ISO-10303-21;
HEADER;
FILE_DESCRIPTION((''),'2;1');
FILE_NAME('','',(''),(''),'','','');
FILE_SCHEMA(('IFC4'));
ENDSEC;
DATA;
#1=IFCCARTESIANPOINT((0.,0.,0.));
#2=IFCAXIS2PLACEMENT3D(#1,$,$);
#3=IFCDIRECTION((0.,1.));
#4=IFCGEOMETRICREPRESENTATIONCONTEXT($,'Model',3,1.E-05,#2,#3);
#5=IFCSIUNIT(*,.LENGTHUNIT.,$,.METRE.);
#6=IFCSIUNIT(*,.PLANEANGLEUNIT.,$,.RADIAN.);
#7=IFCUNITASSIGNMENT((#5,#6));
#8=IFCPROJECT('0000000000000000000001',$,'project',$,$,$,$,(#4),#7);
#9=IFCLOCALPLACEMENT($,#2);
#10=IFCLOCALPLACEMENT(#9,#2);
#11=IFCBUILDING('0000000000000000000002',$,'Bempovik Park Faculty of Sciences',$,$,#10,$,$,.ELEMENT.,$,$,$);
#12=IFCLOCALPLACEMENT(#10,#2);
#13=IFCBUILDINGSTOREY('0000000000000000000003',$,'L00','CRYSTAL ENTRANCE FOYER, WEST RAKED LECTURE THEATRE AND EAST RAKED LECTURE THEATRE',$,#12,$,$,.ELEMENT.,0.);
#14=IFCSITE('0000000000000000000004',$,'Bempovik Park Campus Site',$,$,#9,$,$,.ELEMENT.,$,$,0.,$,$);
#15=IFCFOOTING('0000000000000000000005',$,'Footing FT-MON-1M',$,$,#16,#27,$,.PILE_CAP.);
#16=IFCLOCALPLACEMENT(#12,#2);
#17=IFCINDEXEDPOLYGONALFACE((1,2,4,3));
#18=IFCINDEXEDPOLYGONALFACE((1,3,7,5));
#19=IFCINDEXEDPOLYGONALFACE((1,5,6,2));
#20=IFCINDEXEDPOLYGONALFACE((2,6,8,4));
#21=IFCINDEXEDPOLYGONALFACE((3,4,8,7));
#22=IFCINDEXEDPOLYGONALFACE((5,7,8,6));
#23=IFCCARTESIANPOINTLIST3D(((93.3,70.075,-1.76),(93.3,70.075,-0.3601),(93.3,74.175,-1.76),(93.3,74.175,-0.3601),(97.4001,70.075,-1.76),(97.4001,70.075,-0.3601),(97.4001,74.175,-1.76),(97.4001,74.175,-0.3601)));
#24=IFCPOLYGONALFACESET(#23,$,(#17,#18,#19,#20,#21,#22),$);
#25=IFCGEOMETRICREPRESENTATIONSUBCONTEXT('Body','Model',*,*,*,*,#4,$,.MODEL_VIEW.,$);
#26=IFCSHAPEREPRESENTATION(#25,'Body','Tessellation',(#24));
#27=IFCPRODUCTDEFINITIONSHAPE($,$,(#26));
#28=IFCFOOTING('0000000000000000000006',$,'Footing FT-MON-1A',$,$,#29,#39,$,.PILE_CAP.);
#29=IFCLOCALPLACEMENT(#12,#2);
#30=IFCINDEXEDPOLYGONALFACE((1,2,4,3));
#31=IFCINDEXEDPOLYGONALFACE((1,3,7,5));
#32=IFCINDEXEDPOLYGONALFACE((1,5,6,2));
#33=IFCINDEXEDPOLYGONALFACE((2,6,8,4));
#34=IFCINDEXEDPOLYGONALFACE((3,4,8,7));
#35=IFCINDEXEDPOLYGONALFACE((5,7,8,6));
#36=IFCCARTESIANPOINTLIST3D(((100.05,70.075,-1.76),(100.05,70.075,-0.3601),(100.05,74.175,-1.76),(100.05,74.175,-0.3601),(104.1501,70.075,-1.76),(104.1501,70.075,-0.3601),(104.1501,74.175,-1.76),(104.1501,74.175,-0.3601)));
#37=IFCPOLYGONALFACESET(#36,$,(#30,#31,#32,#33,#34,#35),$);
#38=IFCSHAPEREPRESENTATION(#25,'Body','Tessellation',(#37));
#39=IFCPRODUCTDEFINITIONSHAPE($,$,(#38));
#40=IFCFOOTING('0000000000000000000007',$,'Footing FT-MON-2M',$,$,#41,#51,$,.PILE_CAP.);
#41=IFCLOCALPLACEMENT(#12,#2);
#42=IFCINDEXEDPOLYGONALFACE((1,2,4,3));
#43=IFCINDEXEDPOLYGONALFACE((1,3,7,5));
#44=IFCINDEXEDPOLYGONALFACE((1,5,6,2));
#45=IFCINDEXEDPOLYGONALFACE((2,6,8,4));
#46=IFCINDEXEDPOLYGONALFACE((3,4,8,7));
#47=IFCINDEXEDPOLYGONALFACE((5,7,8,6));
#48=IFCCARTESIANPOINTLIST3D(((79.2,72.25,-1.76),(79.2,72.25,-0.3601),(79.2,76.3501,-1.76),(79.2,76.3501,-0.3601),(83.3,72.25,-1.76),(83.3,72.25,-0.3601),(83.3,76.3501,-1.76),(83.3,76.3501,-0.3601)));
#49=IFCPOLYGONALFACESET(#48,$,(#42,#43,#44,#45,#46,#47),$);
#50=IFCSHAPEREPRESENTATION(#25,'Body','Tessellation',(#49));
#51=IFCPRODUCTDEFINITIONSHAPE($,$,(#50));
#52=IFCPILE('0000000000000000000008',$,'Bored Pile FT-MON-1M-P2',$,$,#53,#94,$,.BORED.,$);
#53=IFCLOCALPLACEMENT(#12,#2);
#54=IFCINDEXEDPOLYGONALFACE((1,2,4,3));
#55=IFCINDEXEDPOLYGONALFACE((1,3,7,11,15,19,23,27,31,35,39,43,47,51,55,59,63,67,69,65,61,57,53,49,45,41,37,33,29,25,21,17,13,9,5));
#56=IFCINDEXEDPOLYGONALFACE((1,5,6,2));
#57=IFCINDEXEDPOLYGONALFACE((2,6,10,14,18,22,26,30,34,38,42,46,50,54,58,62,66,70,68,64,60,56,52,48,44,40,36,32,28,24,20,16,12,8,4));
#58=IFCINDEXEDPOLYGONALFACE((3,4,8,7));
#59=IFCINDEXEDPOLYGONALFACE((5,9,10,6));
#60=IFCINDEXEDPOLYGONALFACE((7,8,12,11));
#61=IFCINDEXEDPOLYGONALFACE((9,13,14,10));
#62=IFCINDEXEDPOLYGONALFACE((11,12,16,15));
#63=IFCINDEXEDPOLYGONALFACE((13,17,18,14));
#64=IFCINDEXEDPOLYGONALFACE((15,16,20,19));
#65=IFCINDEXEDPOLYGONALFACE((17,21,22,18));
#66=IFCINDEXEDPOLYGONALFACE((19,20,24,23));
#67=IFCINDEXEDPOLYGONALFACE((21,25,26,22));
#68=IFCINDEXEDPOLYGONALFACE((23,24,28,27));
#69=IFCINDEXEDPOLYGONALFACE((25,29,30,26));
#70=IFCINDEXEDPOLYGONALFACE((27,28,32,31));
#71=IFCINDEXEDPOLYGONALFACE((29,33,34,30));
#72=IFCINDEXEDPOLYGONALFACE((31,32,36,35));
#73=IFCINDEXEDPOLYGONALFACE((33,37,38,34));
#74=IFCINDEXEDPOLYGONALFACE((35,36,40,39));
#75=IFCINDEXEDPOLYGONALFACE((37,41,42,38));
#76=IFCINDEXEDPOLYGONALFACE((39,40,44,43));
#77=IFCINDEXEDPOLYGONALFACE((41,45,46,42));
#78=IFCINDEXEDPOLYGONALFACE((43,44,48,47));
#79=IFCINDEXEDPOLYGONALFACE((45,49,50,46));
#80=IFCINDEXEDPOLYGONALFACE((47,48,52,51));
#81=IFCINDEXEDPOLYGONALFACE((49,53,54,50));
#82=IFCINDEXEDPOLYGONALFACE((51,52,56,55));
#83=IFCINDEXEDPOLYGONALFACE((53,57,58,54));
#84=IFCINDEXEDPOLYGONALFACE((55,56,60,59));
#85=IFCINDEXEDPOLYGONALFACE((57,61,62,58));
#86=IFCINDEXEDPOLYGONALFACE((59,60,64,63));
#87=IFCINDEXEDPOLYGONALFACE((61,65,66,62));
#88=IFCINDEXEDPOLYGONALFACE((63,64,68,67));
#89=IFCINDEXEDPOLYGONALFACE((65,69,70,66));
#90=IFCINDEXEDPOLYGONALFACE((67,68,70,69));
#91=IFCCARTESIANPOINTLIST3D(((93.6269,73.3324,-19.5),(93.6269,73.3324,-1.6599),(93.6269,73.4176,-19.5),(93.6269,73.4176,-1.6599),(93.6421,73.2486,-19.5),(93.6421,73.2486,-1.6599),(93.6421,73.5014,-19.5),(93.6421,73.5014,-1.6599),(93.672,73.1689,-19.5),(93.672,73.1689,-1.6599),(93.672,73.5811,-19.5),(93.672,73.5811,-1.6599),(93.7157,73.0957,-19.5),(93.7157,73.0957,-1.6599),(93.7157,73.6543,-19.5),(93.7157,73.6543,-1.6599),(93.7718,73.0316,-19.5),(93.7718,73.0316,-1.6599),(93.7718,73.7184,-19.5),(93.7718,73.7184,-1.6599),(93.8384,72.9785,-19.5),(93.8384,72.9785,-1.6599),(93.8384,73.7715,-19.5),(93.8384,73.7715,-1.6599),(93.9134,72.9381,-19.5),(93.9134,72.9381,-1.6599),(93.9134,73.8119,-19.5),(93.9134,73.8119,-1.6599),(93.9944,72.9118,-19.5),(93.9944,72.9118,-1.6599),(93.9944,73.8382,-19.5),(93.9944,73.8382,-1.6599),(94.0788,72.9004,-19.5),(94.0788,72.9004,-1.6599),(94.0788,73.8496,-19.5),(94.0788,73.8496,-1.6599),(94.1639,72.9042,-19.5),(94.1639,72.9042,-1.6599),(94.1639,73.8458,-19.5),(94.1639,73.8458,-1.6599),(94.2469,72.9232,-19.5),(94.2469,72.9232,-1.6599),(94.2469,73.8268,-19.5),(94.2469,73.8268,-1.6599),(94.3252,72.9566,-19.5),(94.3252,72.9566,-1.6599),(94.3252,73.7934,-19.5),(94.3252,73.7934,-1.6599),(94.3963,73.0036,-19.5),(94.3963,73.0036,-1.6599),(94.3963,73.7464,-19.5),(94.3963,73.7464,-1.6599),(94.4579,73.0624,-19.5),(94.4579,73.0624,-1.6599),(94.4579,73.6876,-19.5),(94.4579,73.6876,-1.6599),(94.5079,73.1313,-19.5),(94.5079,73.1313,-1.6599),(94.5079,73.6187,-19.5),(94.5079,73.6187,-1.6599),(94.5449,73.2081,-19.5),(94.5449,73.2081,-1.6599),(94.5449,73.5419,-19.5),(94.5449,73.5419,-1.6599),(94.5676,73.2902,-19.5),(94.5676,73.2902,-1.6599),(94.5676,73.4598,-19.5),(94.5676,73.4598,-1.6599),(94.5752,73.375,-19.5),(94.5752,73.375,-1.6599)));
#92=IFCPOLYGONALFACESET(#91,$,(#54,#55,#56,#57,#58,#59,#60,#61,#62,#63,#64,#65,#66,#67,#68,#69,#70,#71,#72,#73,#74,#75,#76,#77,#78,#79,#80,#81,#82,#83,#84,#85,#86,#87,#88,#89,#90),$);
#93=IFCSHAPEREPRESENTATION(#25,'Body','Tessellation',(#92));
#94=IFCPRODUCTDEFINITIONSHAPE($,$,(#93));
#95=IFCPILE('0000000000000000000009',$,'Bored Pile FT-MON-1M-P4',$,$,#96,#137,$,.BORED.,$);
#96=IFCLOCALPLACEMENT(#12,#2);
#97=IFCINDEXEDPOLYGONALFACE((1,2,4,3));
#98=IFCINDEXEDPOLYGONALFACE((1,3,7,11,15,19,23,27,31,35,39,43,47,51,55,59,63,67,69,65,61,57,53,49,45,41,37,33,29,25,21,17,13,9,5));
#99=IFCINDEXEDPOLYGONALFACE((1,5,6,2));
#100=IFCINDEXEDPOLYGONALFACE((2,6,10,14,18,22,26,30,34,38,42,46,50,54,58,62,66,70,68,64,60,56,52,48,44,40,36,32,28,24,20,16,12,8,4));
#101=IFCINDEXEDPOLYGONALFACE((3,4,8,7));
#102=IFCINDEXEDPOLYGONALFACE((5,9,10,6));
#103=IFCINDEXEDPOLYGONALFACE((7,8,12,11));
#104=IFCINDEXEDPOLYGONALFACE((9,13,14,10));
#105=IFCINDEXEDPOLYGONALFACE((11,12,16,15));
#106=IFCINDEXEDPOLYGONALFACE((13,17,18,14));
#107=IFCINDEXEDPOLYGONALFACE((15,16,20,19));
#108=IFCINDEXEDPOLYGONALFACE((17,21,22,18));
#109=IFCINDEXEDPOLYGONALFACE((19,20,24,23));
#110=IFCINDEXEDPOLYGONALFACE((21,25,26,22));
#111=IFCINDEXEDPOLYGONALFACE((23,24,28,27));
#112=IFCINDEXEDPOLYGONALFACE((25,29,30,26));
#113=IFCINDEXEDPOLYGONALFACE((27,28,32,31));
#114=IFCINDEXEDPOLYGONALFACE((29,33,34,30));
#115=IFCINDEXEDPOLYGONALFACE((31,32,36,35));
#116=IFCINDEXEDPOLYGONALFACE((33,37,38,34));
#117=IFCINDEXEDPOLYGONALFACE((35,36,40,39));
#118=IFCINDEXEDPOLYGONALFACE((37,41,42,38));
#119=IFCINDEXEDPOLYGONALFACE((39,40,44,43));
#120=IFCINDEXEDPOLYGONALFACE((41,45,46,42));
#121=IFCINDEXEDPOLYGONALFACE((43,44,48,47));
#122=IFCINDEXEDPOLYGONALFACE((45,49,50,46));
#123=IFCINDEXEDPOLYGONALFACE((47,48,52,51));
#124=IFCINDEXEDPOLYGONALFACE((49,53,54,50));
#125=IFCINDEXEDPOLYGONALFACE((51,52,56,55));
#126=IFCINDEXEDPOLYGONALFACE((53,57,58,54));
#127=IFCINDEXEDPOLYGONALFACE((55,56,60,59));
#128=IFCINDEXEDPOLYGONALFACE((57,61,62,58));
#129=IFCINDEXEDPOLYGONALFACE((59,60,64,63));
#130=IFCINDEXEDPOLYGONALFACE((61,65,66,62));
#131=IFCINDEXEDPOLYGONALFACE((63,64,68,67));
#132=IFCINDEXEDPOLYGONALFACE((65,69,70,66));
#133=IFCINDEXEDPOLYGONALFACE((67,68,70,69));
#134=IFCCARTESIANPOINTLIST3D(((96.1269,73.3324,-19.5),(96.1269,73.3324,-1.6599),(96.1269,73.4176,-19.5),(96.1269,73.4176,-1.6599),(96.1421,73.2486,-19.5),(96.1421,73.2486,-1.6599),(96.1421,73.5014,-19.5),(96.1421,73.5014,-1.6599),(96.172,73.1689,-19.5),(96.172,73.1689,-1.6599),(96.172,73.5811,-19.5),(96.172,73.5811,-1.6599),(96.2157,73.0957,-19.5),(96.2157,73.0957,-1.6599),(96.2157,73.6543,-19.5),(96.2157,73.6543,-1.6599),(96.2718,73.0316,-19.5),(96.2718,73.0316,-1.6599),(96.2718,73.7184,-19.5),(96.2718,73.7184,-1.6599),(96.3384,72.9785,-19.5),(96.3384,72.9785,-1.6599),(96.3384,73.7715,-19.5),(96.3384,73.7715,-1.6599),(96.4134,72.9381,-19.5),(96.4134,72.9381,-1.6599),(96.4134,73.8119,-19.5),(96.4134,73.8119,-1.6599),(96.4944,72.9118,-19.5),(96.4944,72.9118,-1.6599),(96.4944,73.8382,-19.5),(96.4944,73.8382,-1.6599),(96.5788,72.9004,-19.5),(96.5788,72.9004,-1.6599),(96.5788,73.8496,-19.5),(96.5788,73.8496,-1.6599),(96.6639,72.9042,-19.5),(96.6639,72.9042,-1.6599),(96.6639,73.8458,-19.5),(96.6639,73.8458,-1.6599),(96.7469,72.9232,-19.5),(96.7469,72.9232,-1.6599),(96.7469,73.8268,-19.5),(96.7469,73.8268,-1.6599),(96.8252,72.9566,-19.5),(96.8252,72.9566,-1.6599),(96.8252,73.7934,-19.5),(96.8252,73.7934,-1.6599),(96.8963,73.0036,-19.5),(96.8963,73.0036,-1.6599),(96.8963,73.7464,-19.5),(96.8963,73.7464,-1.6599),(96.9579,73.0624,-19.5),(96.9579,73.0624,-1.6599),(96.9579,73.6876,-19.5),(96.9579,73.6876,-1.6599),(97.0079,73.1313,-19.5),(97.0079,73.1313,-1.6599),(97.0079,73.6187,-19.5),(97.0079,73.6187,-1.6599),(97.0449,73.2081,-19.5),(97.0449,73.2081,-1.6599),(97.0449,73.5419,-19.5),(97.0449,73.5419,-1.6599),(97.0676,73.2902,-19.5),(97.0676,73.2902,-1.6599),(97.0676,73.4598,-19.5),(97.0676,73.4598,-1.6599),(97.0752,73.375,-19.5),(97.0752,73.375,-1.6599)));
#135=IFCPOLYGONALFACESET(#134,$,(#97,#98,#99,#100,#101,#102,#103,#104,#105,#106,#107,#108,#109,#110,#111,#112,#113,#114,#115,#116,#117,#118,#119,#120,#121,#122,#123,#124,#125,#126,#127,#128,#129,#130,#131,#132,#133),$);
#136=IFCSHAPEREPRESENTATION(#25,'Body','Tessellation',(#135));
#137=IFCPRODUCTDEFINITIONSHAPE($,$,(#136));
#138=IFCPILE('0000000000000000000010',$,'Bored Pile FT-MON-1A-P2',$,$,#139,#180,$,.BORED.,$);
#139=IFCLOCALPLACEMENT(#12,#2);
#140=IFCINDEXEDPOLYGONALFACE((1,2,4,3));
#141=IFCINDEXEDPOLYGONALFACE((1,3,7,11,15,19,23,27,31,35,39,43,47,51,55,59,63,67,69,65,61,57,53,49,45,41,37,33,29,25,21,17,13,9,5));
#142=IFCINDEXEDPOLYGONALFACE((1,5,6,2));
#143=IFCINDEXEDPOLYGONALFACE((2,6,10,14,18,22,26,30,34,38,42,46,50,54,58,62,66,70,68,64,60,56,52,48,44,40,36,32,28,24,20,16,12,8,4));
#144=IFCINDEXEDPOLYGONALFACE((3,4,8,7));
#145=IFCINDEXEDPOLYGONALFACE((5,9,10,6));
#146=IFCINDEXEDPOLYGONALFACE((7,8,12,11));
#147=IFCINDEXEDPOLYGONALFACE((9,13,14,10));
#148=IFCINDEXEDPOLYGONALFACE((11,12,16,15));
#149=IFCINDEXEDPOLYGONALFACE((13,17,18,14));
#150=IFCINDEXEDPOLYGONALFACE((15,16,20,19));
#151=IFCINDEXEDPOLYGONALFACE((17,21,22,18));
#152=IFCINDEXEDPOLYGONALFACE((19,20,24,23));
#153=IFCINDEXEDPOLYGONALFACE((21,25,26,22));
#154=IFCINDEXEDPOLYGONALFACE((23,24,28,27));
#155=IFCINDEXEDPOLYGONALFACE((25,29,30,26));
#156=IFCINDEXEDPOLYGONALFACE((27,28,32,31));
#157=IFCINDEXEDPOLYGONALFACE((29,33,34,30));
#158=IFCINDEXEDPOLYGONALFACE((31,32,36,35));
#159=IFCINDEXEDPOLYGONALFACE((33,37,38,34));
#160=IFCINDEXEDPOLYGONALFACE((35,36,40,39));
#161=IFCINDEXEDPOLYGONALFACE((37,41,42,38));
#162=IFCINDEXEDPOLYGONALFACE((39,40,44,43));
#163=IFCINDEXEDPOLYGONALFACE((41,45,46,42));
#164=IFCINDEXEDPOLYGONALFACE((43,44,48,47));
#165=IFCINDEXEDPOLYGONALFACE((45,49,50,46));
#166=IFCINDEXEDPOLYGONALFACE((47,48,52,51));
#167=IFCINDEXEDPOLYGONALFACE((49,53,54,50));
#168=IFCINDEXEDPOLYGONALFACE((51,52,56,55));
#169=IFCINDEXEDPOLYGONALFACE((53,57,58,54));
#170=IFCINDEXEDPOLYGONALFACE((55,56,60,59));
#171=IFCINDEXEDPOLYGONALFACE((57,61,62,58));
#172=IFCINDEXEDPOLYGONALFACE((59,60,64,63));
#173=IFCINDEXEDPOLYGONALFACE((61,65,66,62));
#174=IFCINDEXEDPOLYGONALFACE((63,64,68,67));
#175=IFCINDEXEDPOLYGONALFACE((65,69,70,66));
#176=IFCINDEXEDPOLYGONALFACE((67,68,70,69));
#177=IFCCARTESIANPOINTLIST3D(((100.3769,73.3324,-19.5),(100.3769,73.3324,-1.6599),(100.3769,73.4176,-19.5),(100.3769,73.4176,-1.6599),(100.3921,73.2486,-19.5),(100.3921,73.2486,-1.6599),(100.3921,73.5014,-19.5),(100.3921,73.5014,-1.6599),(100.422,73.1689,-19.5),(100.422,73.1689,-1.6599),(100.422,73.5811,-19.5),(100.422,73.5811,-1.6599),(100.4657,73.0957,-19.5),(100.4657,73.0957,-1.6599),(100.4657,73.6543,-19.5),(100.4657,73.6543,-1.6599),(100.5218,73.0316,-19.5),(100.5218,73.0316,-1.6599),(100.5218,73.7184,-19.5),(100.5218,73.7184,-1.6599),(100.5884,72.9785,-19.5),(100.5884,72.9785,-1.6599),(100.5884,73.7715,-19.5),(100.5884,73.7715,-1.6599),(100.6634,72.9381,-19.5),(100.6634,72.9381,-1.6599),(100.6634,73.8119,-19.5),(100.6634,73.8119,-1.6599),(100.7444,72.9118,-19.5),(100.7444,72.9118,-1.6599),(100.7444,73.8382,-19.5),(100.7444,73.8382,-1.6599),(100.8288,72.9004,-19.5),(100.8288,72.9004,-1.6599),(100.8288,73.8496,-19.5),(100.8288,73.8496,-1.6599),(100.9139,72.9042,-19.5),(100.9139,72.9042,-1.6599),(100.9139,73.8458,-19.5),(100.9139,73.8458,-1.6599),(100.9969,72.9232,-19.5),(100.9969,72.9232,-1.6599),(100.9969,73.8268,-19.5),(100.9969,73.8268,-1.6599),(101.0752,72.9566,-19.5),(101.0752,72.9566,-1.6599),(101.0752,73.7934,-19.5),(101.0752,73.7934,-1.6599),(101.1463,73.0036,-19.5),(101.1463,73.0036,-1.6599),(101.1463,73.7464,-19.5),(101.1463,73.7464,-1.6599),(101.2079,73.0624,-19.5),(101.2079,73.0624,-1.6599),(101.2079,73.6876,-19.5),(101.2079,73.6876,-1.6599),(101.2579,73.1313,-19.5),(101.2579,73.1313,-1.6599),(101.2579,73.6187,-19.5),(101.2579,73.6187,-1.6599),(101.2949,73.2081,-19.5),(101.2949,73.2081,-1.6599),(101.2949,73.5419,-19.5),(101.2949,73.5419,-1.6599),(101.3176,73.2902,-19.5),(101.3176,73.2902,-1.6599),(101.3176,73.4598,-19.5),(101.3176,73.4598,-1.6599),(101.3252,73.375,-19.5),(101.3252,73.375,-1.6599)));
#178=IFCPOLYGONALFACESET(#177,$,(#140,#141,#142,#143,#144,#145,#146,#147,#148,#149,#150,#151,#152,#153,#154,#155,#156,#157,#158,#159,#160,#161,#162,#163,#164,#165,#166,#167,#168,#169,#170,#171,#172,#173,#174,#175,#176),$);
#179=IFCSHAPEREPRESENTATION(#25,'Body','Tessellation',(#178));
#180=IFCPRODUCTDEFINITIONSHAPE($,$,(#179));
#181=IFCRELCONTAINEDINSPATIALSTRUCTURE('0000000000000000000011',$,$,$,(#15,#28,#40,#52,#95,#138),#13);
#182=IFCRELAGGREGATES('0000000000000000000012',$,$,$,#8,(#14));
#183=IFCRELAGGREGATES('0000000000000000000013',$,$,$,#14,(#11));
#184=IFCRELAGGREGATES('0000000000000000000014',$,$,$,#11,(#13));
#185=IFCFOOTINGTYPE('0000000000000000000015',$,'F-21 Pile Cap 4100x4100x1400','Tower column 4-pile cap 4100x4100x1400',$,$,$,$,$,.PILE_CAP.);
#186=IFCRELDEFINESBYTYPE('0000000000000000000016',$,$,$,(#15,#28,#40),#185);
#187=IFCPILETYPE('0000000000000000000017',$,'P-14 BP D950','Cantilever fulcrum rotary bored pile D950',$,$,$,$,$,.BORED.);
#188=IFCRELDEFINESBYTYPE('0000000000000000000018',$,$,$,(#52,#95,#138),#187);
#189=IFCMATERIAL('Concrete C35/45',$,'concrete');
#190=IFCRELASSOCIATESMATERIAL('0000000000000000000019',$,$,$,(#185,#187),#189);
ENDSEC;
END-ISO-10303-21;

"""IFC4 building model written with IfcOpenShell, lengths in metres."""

from ifc_helpers import new_model, si_unit, direction, frame, origin, origin_2d, place, context, subcontext, project, spatial, rectangle, circle, extrude, material, material_profile, profile_set, type_object, element, save


model = new_model("IFC4")

# Units and contexts
model_context = context("Model", 3, precision=1e-05, world=origin(), true_north=direction((0.0, 1.0)))
body_context = subcontext(model_context, "Body", "Model", "MODEL_VIEW")
ifc_project = project(units=[si_unit("LENGTHUNIT", "METRE"), si_unit("PLANEANGLEUNIT", "RADIAN")], contexts=[model_context])

# Site, building, storey
site_placement = place(None, origin())
site = spatial("IfcSite", under=ifc_project, at=site_placement, Name="Bempovik Park Campus Site", CompositionType="ELEMENT", RefElevation=0.0)
building_placement = place(site_placement, origin())
building = spatial("IfcBuilding", under=site, at=building_placement, Name="Bempovik Park Faculty of Sciences", CompositionType="ELEMENT")
storey_placement = place(building_placement, origin())
storey = spatial("IfcBuildingStorey", under=building, at=storey_placement, Name="L00", Description="CRYSTAL ENTRANCE FOYER, WEST RAKED LECTURE THEATRE AND EAST RAKED LECTURE THEATRE", CompositionType="ELEMENT", Elevation=0.0)

# Footings
ifc_material_1 = material(Name="Concrete C35/45", Category="concrete")
footing_type = type_object("IfcFootingType", Name="F-21 Pile Cap 4100x4100x1400", Description="Tower column 4-pile cap 4100x4100x1400", PredefinedType="PILE_CAP", material=ifc_material_1)
for number, where, z_axis, x_axis, name in (
    (1, (95.3501, 72.125, -1.76), (0.0, 0.0, 1.0), (1.0, 0.0, 0.0), "Footing FT-MON-1M"),
    (2, (102.1001, 72.125, -1.76), (0.0, 0.0, 1.0), (1.0, 0.0, 0.0), "Footing FT-MON-1A"),
    (3, (81.25, 74.3, -1.76), (0.0, 0.0, 1.0), (1.0, 0.0, 0.0), "Footing FT-MON-2M"),
):
    element("IfcFooting", number, at=place(storey_placement, frame(where, z_axis=z_axis, x_axis=x_axis)), inside=storey, type_object=footing_type, Name=name, PredefinedType="PILE_CAP", context=body_context, shape_type="SweptSolid", body=[
        extrude(rectangle(XDim=4.1001, YDim=4.1001, at=origin_2d()), origin(), (0.0, 0.0, 1.0), 1.3999),
    ])

# Piles
ifc_material_profile_1 = material_profile(ifc_material_1, circle(Radius=0.4751, at=origin_2d()), Name="BP D950")
ifc_profile_set_1 = profile_set([ifc_material_profile_1], Name="Concrete C35/45")
pile_type = type_object("IfcPileType", Name="P-14 BP D950", Description="Cantilever fulcrum rotary bored pile D950", PredefinedType="BORED", material=ifc_profile_set_1)
for number, where, z_axis, x_axis, name in (
    (4, (94.1001, 73.375, -1.6599), (0.0, 0.0, -1.0), (1.0, 0.0, 0.0), "Bored Pile FT-MON-1M-P2"),
    (5, (96.6001, 73.375, -1.6599), (0.0, 0.0, -1.0), (1.0, 0.0, 0.0), "Bored Pile FT-MON-1M-P4"),
    (6, (100.8501, 73.375, -1.6599), (0.0, 0.0, -1.0), (1.0, 0.0, 0.0), "Bored Pile FT-MON-1A-P2"),
):
    element("IfcPile", number, at=place(storey_placement, frame(where, z_axis=z_axis, x_axis=x_axis)), inside=storey, type_object=pile_type, Name=name, PredefinedType="BORED", context=body_context, shape_type="SweptSolid", body=[
        extrude(circle(Radius=0.4751, at=origin_2d()), origin(), (0.0, 0.0, 1.0), 17.8401),
    ])

save(model, "model.ifc")
